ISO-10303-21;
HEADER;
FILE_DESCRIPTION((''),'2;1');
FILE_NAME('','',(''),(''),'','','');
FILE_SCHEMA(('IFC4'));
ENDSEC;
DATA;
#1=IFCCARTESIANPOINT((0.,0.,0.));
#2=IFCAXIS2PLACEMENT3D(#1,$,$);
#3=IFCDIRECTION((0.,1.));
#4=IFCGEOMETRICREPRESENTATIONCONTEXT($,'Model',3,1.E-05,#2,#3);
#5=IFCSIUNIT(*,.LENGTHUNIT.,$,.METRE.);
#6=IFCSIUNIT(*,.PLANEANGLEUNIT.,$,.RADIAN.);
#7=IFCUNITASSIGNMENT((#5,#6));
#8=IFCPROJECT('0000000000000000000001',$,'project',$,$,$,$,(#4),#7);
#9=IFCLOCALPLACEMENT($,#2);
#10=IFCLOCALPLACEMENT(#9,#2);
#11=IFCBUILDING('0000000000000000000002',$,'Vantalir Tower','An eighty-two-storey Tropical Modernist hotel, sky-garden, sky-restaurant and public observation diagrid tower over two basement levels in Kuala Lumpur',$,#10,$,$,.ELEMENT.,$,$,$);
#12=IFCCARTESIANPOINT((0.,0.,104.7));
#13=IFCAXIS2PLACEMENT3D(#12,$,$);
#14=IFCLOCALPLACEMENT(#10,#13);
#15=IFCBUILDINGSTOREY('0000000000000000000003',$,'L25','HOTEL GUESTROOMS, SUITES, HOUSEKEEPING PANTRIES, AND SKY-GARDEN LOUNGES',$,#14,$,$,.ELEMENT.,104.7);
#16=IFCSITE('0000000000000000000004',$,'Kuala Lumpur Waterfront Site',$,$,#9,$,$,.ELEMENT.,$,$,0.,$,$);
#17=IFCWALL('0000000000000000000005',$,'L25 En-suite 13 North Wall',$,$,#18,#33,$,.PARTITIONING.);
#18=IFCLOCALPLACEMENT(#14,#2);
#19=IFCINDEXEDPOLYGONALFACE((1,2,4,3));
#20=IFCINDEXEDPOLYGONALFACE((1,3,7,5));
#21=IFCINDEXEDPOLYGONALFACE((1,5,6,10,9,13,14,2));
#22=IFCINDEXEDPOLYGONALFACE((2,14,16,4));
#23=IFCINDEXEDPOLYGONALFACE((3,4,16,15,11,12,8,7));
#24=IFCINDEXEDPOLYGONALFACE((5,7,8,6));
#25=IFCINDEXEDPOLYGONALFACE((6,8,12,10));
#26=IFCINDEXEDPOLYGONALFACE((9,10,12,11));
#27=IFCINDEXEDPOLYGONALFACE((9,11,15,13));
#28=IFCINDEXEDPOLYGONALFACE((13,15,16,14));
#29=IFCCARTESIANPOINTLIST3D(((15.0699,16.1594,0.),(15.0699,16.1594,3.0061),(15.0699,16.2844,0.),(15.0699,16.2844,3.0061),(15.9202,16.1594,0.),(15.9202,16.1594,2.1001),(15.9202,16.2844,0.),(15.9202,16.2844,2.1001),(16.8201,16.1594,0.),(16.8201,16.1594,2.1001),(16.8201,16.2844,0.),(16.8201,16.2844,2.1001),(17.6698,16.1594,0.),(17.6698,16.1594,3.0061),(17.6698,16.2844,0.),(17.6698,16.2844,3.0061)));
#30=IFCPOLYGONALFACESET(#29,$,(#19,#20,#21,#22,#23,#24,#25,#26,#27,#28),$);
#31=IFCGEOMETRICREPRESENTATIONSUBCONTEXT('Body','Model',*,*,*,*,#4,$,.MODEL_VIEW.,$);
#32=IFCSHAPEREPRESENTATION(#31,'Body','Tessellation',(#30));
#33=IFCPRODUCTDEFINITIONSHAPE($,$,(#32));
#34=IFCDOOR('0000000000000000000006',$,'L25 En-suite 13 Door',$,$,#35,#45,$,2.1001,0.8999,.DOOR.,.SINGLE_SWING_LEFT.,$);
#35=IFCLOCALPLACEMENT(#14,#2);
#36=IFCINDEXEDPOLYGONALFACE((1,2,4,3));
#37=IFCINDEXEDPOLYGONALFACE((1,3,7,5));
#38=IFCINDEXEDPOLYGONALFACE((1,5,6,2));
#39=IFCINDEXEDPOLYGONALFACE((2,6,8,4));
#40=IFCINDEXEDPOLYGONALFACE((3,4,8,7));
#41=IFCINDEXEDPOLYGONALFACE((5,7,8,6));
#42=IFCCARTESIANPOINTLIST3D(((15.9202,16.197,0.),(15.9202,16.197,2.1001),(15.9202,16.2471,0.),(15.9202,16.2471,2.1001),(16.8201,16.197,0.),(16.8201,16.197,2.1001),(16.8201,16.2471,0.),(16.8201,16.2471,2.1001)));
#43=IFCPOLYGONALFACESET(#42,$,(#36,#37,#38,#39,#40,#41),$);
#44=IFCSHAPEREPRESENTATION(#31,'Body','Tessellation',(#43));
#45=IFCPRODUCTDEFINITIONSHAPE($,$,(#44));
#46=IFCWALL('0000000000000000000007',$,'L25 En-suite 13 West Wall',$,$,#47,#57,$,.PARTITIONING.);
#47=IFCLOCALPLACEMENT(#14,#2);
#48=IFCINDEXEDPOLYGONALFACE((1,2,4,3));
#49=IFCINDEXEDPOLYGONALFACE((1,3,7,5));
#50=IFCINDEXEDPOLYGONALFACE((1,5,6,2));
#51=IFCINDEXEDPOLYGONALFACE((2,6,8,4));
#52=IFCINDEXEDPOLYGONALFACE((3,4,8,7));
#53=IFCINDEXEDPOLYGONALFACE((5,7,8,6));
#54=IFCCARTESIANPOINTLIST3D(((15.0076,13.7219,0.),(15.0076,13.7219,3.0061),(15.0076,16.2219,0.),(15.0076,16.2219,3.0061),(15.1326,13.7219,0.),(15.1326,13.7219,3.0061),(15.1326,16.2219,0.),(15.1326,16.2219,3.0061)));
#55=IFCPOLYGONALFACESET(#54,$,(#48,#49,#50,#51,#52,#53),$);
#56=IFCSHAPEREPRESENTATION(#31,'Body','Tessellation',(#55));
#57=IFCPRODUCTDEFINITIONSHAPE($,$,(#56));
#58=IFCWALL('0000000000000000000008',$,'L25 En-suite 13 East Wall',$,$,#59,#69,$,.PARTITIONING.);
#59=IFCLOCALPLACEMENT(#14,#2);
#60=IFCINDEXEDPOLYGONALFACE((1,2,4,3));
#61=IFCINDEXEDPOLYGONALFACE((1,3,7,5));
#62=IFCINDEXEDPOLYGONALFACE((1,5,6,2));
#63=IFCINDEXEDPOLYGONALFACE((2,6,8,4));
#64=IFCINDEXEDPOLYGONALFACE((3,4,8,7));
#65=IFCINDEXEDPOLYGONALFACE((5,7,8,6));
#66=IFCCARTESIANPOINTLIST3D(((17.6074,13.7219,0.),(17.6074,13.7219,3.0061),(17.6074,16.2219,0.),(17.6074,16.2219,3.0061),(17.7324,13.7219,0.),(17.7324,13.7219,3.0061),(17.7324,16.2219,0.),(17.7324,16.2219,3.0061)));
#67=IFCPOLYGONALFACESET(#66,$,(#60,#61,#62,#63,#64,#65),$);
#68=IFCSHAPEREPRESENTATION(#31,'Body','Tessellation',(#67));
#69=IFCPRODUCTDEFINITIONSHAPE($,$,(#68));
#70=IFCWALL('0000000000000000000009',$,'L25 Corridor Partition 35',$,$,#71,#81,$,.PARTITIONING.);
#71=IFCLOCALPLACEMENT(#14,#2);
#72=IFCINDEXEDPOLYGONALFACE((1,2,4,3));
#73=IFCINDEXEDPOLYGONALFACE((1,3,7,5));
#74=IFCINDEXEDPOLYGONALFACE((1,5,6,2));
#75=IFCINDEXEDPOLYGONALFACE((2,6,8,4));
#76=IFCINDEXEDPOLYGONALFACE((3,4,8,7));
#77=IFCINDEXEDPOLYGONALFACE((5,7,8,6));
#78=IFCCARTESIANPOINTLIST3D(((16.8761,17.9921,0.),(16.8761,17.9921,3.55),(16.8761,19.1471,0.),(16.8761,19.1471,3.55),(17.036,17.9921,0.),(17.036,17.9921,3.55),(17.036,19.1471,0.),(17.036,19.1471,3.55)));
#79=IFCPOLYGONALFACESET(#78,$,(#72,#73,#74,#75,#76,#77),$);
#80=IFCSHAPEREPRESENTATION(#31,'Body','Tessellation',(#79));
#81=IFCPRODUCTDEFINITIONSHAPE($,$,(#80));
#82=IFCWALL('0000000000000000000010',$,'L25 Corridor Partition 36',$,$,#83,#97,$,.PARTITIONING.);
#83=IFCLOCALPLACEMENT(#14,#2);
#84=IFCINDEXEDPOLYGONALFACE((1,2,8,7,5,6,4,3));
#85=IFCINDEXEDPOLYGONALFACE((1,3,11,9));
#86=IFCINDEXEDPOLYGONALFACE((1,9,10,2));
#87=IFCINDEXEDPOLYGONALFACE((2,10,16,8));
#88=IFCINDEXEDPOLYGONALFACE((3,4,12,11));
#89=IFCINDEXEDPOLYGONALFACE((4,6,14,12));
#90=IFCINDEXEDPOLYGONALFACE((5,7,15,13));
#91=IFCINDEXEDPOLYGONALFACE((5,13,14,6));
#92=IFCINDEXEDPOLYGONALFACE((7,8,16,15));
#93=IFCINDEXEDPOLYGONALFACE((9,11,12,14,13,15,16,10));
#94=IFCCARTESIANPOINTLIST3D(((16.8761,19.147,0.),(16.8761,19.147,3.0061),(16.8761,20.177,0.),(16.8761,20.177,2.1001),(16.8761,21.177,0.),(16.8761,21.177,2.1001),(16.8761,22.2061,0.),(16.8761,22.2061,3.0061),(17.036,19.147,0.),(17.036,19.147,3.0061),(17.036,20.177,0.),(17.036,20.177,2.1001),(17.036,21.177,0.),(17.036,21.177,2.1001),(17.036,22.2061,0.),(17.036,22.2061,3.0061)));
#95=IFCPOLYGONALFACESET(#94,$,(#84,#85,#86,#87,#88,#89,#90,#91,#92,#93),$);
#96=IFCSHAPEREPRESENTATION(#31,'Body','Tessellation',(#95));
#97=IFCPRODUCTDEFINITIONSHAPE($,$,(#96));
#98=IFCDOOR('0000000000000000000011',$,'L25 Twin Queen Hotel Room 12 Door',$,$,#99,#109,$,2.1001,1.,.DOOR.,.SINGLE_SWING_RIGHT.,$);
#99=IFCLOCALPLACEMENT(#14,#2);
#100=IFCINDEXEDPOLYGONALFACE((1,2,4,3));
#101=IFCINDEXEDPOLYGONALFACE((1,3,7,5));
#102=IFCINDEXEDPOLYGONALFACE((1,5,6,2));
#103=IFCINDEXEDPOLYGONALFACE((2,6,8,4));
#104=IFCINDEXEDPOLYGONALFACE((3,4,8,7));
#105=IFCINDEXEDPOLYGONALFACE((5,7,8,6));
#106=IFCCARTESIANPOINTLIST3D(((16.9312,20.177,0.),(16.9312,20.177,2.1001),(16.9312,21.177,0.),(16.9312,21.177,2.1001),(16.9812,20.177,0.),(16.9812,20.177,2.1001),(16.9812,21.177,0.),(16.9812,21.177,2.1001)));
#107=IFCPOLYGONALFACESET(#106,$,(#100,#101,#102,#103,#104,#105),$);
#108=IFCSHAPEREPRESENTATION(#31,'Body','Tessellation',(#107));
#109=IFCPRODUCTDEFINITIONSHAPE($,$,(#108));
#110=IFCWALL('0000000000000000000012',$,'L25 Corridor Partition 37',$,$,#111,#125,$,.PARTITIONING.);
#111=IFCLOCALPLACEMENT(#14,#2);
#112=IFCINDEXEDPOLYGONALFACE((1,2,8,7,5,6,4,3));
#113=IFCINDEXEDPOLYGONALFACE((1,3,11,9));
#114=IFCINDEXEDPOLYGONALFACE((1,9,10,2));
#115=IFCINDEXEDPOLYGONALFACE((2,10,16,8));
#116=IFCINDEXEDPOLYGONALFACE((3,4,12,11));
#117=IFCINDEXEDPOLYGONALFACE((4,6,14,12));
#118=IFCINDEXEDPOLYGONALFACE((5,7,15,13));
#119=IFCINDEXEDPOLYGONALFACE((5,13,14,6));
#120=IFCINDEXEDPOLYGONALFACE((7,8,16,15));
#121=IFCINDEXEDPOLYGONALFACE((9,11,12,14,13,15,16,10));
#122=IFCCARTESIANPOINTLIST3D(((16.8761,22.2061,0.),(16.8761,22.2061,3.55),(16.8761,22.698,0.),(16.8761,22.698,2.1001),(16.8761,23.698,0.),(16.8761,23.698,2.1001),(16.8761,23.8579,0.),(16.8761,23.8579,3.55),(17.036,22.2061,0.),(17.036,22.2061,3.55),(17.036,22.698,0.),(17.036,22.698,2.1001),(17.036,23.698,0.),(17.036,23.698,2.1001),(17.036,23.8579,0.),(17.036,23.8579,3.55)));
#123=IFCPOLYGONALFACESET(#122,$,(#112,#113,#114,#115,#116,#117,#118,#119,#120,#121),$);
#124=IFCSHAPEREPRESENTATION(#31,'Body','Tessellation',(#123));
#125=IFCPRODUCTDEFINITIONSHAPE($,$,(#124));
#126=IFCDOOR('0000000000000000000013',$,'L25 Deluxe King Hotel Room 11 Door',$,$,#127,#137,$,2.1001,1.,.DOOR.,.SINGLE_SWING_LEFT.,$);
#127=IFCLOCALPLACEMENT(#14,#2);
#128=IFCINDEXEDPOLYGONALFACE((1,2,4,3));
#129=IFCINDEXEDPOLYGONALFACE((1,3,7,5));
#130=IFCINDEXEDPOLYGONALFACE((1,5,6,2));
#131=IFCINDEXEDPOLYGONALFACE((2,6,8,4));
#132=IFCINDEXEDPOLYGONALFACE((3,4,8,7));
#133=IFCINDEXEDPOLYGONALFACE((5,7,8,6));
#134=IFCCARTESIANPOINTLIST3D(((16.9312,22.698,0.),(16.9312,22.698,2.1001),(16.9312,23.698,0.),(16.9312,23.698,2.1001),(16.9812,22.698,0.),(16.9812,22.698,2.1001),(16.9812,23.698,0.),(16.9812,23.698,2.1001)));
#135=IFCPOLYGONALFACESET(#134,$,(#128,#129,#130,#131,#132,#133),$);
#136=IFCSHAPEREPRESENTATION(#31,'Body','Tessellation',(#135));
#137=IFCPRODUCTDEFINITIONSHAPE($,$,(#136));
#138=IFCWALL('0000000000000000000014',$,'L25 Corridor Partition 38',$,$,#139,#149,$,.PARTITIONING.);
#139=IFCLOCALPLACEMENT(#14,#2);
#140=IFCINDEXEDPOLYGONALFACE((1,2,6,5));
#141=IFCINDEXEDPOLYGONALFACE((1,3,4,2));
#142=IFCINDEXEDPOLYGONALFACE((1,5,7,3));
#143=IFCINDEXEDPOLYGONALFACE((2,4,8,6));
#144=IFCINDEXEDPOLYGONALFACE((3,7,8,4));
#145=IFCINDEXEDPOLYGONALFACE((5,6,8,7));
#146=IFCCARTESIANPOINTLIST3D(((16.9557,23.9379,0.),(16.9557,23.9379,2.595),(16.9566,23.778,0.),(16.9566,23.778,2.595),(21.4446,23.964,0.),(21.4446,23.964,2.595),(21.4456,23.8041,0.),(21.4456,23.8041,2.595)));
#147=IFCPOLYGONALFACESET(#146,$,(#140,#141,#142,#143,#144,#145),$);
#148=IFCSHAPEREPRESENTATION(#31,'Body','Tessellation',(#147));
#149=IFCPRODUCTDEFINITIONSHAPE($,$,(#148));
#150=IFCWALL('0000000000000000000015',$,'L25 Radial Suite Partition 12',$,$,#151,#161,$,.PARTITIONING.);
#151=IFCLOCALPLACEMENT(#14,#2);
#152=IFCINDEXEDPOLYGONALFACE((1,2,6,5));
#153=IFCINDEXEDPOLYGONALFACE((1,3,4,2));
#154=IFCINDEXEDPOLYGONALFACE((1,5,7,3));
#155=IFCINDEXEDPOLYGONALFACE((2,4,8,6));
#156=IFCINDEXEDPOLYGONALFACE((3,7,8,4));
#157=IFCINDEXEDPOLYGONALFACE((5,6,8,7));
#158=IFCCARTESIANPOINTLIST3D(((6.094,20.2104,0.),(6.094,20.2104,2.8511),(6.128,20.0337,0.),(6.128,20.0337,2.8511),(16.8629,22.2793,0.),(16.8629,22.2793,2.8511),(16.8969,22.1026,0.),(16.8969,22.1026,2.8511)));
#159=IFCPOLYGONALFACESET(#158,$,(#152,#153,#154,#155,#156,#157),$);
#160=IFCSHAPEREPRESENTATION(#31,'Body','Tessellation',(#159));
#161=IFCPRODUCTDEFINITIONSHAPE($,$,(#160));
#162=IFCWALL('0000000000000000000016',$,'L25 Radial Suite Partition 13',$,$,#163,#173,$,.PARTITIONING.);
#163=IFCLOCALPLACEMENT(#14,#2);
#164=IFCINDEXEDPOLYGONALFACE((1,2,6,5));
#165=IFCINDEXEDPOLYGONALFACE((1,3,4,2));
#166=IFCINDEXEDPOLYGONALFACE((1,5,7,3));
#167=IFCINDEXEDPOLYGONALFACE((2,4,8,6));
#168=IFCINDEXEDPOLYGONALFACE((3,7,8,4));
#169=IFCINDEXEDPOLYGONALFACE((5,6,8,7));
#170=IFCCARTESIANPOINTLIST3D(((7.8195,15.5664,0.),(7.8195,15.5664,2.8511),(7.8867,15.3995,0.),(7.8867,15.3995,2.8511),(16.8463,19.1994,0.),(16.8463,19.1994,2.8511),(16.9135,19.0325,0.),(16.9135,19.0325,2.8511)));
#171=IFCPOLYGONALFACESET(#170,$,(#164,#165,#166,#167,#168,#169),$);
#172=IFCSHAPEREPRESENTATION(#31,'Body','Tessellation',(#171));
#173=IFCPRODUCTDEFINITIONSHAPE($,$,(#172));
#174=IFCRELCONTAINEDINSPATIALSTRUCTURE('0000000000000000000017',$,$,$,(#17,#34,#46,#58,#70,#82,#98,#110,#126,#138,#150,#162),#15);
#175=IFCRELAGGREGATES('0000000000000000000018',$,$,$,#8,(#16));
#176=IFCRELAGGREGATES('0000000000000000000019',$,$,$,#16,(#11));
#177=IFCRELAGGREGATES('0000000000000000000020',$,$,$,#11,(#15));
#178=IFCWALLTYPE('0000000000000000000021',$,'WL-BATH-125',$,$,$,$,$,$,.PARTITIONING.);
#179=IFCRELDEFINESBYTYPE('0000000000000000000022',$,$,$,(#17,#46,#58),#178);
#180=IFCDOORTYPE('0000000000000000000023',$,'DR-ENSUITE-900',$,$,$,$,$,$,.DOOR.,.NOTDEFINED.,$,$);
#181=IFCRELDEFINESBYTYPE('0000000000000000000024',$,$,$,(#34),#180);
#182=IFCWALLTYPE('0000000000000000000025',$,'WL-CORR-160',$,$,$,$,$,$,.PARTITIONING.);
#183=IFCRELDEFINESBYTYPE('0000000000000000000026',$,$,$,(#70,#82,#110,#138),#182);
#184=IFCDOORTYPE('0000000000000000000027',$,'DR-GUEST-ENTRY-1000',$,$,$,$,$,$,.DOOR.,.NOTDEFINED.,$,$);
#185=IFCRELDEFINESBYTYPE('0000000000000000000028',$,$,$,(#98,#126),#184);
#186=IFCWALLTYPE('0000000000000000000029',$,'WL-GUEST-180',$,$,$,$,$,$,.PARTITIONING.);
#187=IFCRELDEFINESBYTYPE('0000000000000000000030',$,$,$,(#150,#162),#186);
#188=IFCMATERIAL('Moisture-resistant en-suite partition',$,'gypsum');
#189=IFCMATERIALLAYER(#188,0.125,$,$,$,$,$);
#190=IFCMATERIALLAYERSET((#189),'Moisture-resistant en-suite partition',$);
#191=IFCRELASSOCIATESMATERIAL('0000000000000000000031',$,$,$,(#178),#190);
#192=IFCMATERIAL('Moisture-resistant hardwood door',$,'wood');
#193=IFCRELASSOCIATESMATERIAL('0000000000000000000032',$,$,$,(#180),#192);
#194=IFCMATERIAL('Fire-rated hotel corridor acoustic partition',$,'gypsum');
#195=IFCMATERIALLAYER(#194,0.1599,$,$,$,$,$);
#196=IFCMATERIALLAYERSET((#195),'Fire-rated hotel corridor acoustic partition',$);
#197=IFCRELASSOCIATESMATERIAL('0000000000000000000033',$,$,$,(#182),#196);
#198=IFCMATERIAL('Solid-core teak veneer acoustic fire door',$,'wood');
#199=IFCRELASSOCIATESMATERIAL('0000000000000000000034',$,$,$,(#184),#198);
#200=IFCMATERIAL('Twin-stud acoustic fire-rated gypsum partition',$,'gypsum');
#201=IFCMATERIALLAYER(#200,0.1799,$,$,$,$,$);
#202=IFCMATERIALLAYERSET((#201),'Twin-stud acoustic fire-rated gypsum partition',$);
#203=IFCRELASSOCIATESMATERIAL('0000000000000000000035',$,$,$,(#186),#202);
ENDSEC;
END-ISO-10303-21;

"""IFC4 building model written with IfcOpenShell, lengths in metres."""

from ifc_helpers import new_model, si_unit, direction, frame, frame_2d, origin, place, context, subcontext, project, spatial, rectangle, extrude, material, layer, layer_set, type_object, element, fill, save


model = new_model("IFC4")

# Units and contexts
model_context = context("Model", 3, precision=1e-05, world=origin(), true_north=direction((0.0, 1.0)))
body_context = subcontext(model_context, "Body", "Model", "MODEL_VIEW")
ifc_project = project(units=[si_unit("LENGTHUNIT", "METRE"), si_unit("PLANEANGLEUNIT", "RADIAN")], contexts=[model_context])

# Site, building, storey
site_placement = place(None, origin())
site = spatial("IfcSite", under=ifc_project, at=site_placement, Name="Kuala Lumpur Waterfront Site", CompositionType="ELEMENT", RefElevation=0.0)
building_placement = place(site_placement, origin())
building = spatial("IfcBuilding", under=site, at=building_placement, Name="Vantalir Tower", Description="An eighty-two-storey Tropical Modernist hotel, sky-garden, sky-restaurant and public observation diagrid tower over two basement levels in Kuala Lumpur", CompositionType="ELEMENT")
storey_placement = place(building_placement, frame((0.0, 0.0, 104.7)))
storey = spatial("IfcBuildingStorey", under=building, at=storey_placement, Name="L25", Description="HOTEL GUESTROOMS, SUITES, HOUSEKEEPING PANTRIES, AND SKY-GARDEN LOUNGES", CompositionType="ELEMENT", Elevation=104.7)

# Shared definitions
ifc_material_1 = material(Name="Moisture-resistant en-suite partition", Category="gypsum")
ifc_layer_1 = layer(ifc_material_1, 0.125)
ifc_layer_set_1 = layer_set([ifc_layer_1], Name="Moisture-resistant en-suite partition")
wall_type_1 = type_object("IfcWallType", Name="WL-BATH-125", PredefinedType="PARTITIONING", material=ifc_layer_set_1)

# Shared definitions
ifc_material_2 = material(Name="Moisture-resistant hardwood door", Category="wood")
door_type_1 = type_object("IfcDoorType", Name="DR-ENSUITE-900", OperationType="NOTDEFINED", PredefinedType="DOOR", material=ifc_material_2)

# Wall, opening, door
wall_1_placement = place(storey_placement, frame((15.0701, 16.2219, 0.0), z_axis=(0.0, 0.0, 1.0), x_axis=(1.0, 0.0, 0.0)))
wall_1 = element("IfcWall", 1, at=wall_1_placement, inside=storey, type_object=wall_type_1, Name="L25 En-suite 13 North Wall", PredefinedType="PARTITIONING", context=body_context, shape_type="SweptSolid", body=[
    extrude(rectangle(XDim=2.5999, YDim=0.125, at=frame_2d((1.2998, 0.0))), origin(), (0.0, 0.0, 1.0), 3.0061),
])
opening_1_placement = place(wall_1_placement, frame((0.8501, 0.0, 0.0)))
opening_1 = element("IfcOpeningElement", 2, at=opening_1_placement, cuts=wall_1, PredefinedType="OPENING", context=body_context, shape_type="SweptSolid", body=[
    extrude(rectangle(XDim=0.8999, YDim=2.1001, at=frame_2d((0.45, 1.05))), frame((0.0, 0.0725, 0.0), z_axis=(0.0, -1.0, 0.0), x_axis=(1.0, 0.0, 0.0)), (0.0, 0.0, 1.0), 0.145),
])
door_1_placement = place(opening_1_placement, frame((0.8999, 0.0, 0.0), z_axis=(0.0, 0.0, 1.0), x_axis=(-1.0, 0.0, 0.0)))
door_1 = element("IfcDoor", 3, at=door_1_placement, inside=storey, type_object=door_type_1, Name="L25 En-suite 13 Door", OperationType="SINGLE_SWING_LEFT", OverallHeight=2.1001, OverallWidth=0.8999, PredefinedType="DOOR", context=body_context, shape_type="SweptSolid", body=[
    extrude(rectangle(XDim=0.8999, YDim=2.1001, at=frame_2d((0.45, 1.05))), frame((0.0, 0.0249, 0.0), z_axis=(0.0, -1.0, 0.0), x_axis=(1.0, 0.0, 0.0)), (0.0, 0.0, 1.0), 0.05),
])
fill(opening_1, door_1)

# Walls
for number, where, z_axis, x_axis, name in (
    (4, (15.0701, 13.7219, 0.0), (0.0, 0.0, 1.0), (0.0, 1.0, 0.0), "L25 En-suite 13 West Wall"),
    (5, (17.6699, 13.7219, 0.0), (0.0, 0.0, 1.0), (0.0, 1.0, 0.0), "L25 En-suite 13 East Wall"),
):
    element("IfcWall", number, at=place(storey_placement, frame(where, z_axis=z_axis, x_axis=x_axis)), inside=storey, type_object=wall_type_1, Name=name, PredefinedType="PARTITIONING", context=body_context, shape_type="SweptSolid", body=[
        extrude(rectangle(XDim=2.5, YDim=0.125, at=frame_2d((1.25, 0.0))), origin(), (0.0, 0.0, 1.0), 3.0061),
    ])
ifc_material_3 = material(Name="Fire-rated hotel corridor acoustic partition", Category="gypsum")
ifc_layer_2 = layer(ifc_material_3, 0.1599)
ifc_layer_set_2 = layer_set([ifc_layer_2], Name="Fire-rated hotel corridor acoustic partition")
wall_type_2 = type_object("IfcWallType", Name="WL-CORR-160", PredefinedType="PARTITIONING", material=ifc_layer_set_2)
wall_2_placement = place(storey_placement, frame((16.9561, 17.9919, 0.0), z_axis=(0.0, 0.0, 1.0), x_axis=(0.0, 1.0, 0.0)))
element("IfcWall", 6, at=wall_2_placement, inside=storey, type_object=wall_type_2, Name="L25 Corridor Partition 35", PredefinedType="PARTITIONING", context=body_context, shape_type="SweptSolid", body=[
    extrude(rectangle(XDim=1.155, YDim=0.1599, at=frame_2d((0.5776, 0.0))), origin(), (0.0, 0.0, 1.0), 3.55),
])

# Walls, openings, doors
wall_3_placement = place(storey_placement, frame((16.9561, 19.147, 0.0), z_axis=(0.0, 0.0, 1.0), x_axis=(0.0, 1.0, 0.0)))
wall_3 = element("IfcWall", 7, at=wall_3_placement, inside=storey, type_object=wall_type_2, Name="L25 Corridor Partition 36", PredefinedType="PARTITIONING", context=body_context, shape_type="SweptSolid", body=[
    extrude(rectangle(XDim=3.0591, YDim=0.1599, at=frame_2d((1.5295, 0.0))), origin(), (0.0, 0.0, 1.0), 3.0061),
])
opening_2_placement = place(wall_3_placement, frame((1.03, 0.0, 0.0)))
opening_2 = element("IfcOpeningElement", 8, at=opening_2_placement, cuts=wall_3, PredefinedType="OPENING", context=body_context, shape_type="SweptSolid", body=[
    extrude(rectangle(XDim=1.0, YDim=2.1001, at=frame_2d((0.5, 1.05))), frame((0.0, 0.0898, 0.0), z_axis=(0.0, -1.0, 0.0), x_axis=(1.0, 0.0, 0.0)), (0.0, 0.0, 1.0), 0.1799),
])
ifc_material_4 = material(Name="Solid-core teak veneer acoustic fire door", Category="wood")
door_type_2 = type_object("IfcDoorType", Name="DR-GUEST-ENTRY-1000", OperationType="NOTDEFINED", PredefinedType="DOOR", material=ifc_material_4)
door_2_placement = place(opening_2_placement, origin())
door_2 = element("IfcDoor", 9, at=door_2_placement, inside=storey, type_object=door_type_2, Name="L25 Twin Queen Hotel Room 12 Door", OperationType="SINGLE_SWING_RIGHT", OverallHeight=2.1001, OverallWidth=1.0, PredefinedType="DOOR", context=body_context, shape_type="SweptSolid", body=[
    extrude(rectangle(XDim=1.0, YDim=2.1001, at=frame_2d((0.5, 1.05))), frame((0.0, 0.0249, 0.0), z_axis=(0.0, -1.0, 0.0), x_axis=(1.0, 0.0, 0.0)), (0.0, 0.0, 1.0), 0.05),
])
fill(opening_2, door_2)
wall_4_placement = place(storey_placement, frame((16.9561, 22.2061, 0.0), z_axis=(0.0, 0.0, 1.0), x_axis=(0.0, 1.0, 0.0)))
wall_4 = element("IfcWall", 10, at=wall_4_placement, inside=storey, type_object=wall_type_2, Name="L25 Corridor Partition 37", PredefinedType="PARTITIONING", context=body_context, shape_type="SweptSolid", body=[
    extrude(rectangle(XDim=1.6519, YDim=0.1599, at=frame_2d((0.8259, 0.0))), origin(), (0.0, 0.0, 1.0), 3.55),
])
opening_3_placement = place(wall_4_placement, frame((0.4919, 0.0, 0.0)))
opening_3 = element("IfcOpeningElement", 11, at=opening_3_placement, cuts=wall_4, PredefinedType="OPENING", context=body_context, shape_type="SweptSolid", body=[
    extrude(rectangle(XDim=1.0, YDim=2.1001, at=frame_2d((0.5, 1.05))), frame((0.0, 0.0898, 0.0), z_axis=(0.0, -1.0, 0.0), x_axis=(1.0, 0.0, 0.0)), (0.0, 0.0, 1.0), 0.1799),
])
door_3_placement = place(opening_3_placement, origin())
door_3 = element("IfcDoor", 12, at=door_3_placement, inside=storey, type_object=door_type_2, Name="L25 Deluxe King Hotel Room 11 Door", OperationType="SINGLE_SWING_LEFT", OverallHeight=2.1001, OverallWidth=1.0, PredefinedType="DOOR", context=body_context, shape_type="SweptSolid", body=[
    extrude(rectangle(XDim=1.0, YDim=2.1001, at=frame_2d((0.5, 1.05))), frame((0.0, 0.0249, 0.0), z_axis=(0.0, -1.0, 0.0), x_axis=(1.0, 0.0, 0.0)), (0.0, 0.0, 1.0), 0.05),
])
fill(opening_3, door_3)

# Walls
wall_5_placement = place(storey_placement, frame((16.9561, 23.8579, 0.0), z_axis=(0.0, 0.0, 1.0), x_axis=(0.999983, 0.005819, 0.0)))
element("IfcWall", 13, at=wall_5_placement, inside=storey, type_object=wall_type_2, Name="L25 Corridor Partition 38", PredefinedType="PARTITIONING", context=body_context, shape_type="SweptSolid", body=[
    extrude(rectangle(XDim=4.489, YDim=0.1599, at=frame_2d((2.2446, 0.0))), origin(), (0.0, 0.0, 1.0), 2.595),
])
ifc_material_5 = material(Name="Twin-stud acoustic fire-rated gypsum partition", Category="gypsum")
ifc_layer_3 = layer(ifc_material_5, 0.1799)
ifc_layer_set_3 = layer_set([ifc_layer_3], Name="Twin-stud acoustic fire-rated gypsum partition")
wall_type_3 = type_object("IfcWallType", Name="WL-GUEST-180", PredefinedType="PARTITIONING", material=ifc_layer_set_3)
wall_6_placement = place(storey_placement, frame((16.8799, 22.1909, 0.0), z_axis=(0.0, 0.0, 1.0), x_axis=(-0.982042, -0.188665, 0.0)))
element("IfcWall", 14, at=wall_6_placement, inside=storey, type_object=wall_type_3, Name="L25 Radial Suite Partition 12", PredefinedType="PARTITIONING", context=body_context, shape_type="SweptSolid", body=[
    extrude(rectangle(XDim=10.9658, YDim=0.1799, at=frame_2d((5.4829, 0.0))), origin(), (0.0, 0.0, 1.0), 2.8511),
])
wall_7_placement = place(storey_placement, frame((16.8799, 19.116, 0.0), z_axis=(0.0, 0.0, 1.0), x_axis=(-0.927684, -0.373367, 0.0)))
element("IfcWall", 15, at=wall_7_placement, inside=storey, type_object=wall_type_3, Name="L25 Radial Suite Partition 13", PredefinedType="PARTITIONING", context=body_context, shape_type="SweptSolid", body=[
    extrude(rectangle(XDim=9.7305, YDim=0.1799, at=frame_2d((4.8652, 0.0))), origin(), (0.0, 0.0, 1.0), 2.8511),
])

save(model, "model.ifc")
